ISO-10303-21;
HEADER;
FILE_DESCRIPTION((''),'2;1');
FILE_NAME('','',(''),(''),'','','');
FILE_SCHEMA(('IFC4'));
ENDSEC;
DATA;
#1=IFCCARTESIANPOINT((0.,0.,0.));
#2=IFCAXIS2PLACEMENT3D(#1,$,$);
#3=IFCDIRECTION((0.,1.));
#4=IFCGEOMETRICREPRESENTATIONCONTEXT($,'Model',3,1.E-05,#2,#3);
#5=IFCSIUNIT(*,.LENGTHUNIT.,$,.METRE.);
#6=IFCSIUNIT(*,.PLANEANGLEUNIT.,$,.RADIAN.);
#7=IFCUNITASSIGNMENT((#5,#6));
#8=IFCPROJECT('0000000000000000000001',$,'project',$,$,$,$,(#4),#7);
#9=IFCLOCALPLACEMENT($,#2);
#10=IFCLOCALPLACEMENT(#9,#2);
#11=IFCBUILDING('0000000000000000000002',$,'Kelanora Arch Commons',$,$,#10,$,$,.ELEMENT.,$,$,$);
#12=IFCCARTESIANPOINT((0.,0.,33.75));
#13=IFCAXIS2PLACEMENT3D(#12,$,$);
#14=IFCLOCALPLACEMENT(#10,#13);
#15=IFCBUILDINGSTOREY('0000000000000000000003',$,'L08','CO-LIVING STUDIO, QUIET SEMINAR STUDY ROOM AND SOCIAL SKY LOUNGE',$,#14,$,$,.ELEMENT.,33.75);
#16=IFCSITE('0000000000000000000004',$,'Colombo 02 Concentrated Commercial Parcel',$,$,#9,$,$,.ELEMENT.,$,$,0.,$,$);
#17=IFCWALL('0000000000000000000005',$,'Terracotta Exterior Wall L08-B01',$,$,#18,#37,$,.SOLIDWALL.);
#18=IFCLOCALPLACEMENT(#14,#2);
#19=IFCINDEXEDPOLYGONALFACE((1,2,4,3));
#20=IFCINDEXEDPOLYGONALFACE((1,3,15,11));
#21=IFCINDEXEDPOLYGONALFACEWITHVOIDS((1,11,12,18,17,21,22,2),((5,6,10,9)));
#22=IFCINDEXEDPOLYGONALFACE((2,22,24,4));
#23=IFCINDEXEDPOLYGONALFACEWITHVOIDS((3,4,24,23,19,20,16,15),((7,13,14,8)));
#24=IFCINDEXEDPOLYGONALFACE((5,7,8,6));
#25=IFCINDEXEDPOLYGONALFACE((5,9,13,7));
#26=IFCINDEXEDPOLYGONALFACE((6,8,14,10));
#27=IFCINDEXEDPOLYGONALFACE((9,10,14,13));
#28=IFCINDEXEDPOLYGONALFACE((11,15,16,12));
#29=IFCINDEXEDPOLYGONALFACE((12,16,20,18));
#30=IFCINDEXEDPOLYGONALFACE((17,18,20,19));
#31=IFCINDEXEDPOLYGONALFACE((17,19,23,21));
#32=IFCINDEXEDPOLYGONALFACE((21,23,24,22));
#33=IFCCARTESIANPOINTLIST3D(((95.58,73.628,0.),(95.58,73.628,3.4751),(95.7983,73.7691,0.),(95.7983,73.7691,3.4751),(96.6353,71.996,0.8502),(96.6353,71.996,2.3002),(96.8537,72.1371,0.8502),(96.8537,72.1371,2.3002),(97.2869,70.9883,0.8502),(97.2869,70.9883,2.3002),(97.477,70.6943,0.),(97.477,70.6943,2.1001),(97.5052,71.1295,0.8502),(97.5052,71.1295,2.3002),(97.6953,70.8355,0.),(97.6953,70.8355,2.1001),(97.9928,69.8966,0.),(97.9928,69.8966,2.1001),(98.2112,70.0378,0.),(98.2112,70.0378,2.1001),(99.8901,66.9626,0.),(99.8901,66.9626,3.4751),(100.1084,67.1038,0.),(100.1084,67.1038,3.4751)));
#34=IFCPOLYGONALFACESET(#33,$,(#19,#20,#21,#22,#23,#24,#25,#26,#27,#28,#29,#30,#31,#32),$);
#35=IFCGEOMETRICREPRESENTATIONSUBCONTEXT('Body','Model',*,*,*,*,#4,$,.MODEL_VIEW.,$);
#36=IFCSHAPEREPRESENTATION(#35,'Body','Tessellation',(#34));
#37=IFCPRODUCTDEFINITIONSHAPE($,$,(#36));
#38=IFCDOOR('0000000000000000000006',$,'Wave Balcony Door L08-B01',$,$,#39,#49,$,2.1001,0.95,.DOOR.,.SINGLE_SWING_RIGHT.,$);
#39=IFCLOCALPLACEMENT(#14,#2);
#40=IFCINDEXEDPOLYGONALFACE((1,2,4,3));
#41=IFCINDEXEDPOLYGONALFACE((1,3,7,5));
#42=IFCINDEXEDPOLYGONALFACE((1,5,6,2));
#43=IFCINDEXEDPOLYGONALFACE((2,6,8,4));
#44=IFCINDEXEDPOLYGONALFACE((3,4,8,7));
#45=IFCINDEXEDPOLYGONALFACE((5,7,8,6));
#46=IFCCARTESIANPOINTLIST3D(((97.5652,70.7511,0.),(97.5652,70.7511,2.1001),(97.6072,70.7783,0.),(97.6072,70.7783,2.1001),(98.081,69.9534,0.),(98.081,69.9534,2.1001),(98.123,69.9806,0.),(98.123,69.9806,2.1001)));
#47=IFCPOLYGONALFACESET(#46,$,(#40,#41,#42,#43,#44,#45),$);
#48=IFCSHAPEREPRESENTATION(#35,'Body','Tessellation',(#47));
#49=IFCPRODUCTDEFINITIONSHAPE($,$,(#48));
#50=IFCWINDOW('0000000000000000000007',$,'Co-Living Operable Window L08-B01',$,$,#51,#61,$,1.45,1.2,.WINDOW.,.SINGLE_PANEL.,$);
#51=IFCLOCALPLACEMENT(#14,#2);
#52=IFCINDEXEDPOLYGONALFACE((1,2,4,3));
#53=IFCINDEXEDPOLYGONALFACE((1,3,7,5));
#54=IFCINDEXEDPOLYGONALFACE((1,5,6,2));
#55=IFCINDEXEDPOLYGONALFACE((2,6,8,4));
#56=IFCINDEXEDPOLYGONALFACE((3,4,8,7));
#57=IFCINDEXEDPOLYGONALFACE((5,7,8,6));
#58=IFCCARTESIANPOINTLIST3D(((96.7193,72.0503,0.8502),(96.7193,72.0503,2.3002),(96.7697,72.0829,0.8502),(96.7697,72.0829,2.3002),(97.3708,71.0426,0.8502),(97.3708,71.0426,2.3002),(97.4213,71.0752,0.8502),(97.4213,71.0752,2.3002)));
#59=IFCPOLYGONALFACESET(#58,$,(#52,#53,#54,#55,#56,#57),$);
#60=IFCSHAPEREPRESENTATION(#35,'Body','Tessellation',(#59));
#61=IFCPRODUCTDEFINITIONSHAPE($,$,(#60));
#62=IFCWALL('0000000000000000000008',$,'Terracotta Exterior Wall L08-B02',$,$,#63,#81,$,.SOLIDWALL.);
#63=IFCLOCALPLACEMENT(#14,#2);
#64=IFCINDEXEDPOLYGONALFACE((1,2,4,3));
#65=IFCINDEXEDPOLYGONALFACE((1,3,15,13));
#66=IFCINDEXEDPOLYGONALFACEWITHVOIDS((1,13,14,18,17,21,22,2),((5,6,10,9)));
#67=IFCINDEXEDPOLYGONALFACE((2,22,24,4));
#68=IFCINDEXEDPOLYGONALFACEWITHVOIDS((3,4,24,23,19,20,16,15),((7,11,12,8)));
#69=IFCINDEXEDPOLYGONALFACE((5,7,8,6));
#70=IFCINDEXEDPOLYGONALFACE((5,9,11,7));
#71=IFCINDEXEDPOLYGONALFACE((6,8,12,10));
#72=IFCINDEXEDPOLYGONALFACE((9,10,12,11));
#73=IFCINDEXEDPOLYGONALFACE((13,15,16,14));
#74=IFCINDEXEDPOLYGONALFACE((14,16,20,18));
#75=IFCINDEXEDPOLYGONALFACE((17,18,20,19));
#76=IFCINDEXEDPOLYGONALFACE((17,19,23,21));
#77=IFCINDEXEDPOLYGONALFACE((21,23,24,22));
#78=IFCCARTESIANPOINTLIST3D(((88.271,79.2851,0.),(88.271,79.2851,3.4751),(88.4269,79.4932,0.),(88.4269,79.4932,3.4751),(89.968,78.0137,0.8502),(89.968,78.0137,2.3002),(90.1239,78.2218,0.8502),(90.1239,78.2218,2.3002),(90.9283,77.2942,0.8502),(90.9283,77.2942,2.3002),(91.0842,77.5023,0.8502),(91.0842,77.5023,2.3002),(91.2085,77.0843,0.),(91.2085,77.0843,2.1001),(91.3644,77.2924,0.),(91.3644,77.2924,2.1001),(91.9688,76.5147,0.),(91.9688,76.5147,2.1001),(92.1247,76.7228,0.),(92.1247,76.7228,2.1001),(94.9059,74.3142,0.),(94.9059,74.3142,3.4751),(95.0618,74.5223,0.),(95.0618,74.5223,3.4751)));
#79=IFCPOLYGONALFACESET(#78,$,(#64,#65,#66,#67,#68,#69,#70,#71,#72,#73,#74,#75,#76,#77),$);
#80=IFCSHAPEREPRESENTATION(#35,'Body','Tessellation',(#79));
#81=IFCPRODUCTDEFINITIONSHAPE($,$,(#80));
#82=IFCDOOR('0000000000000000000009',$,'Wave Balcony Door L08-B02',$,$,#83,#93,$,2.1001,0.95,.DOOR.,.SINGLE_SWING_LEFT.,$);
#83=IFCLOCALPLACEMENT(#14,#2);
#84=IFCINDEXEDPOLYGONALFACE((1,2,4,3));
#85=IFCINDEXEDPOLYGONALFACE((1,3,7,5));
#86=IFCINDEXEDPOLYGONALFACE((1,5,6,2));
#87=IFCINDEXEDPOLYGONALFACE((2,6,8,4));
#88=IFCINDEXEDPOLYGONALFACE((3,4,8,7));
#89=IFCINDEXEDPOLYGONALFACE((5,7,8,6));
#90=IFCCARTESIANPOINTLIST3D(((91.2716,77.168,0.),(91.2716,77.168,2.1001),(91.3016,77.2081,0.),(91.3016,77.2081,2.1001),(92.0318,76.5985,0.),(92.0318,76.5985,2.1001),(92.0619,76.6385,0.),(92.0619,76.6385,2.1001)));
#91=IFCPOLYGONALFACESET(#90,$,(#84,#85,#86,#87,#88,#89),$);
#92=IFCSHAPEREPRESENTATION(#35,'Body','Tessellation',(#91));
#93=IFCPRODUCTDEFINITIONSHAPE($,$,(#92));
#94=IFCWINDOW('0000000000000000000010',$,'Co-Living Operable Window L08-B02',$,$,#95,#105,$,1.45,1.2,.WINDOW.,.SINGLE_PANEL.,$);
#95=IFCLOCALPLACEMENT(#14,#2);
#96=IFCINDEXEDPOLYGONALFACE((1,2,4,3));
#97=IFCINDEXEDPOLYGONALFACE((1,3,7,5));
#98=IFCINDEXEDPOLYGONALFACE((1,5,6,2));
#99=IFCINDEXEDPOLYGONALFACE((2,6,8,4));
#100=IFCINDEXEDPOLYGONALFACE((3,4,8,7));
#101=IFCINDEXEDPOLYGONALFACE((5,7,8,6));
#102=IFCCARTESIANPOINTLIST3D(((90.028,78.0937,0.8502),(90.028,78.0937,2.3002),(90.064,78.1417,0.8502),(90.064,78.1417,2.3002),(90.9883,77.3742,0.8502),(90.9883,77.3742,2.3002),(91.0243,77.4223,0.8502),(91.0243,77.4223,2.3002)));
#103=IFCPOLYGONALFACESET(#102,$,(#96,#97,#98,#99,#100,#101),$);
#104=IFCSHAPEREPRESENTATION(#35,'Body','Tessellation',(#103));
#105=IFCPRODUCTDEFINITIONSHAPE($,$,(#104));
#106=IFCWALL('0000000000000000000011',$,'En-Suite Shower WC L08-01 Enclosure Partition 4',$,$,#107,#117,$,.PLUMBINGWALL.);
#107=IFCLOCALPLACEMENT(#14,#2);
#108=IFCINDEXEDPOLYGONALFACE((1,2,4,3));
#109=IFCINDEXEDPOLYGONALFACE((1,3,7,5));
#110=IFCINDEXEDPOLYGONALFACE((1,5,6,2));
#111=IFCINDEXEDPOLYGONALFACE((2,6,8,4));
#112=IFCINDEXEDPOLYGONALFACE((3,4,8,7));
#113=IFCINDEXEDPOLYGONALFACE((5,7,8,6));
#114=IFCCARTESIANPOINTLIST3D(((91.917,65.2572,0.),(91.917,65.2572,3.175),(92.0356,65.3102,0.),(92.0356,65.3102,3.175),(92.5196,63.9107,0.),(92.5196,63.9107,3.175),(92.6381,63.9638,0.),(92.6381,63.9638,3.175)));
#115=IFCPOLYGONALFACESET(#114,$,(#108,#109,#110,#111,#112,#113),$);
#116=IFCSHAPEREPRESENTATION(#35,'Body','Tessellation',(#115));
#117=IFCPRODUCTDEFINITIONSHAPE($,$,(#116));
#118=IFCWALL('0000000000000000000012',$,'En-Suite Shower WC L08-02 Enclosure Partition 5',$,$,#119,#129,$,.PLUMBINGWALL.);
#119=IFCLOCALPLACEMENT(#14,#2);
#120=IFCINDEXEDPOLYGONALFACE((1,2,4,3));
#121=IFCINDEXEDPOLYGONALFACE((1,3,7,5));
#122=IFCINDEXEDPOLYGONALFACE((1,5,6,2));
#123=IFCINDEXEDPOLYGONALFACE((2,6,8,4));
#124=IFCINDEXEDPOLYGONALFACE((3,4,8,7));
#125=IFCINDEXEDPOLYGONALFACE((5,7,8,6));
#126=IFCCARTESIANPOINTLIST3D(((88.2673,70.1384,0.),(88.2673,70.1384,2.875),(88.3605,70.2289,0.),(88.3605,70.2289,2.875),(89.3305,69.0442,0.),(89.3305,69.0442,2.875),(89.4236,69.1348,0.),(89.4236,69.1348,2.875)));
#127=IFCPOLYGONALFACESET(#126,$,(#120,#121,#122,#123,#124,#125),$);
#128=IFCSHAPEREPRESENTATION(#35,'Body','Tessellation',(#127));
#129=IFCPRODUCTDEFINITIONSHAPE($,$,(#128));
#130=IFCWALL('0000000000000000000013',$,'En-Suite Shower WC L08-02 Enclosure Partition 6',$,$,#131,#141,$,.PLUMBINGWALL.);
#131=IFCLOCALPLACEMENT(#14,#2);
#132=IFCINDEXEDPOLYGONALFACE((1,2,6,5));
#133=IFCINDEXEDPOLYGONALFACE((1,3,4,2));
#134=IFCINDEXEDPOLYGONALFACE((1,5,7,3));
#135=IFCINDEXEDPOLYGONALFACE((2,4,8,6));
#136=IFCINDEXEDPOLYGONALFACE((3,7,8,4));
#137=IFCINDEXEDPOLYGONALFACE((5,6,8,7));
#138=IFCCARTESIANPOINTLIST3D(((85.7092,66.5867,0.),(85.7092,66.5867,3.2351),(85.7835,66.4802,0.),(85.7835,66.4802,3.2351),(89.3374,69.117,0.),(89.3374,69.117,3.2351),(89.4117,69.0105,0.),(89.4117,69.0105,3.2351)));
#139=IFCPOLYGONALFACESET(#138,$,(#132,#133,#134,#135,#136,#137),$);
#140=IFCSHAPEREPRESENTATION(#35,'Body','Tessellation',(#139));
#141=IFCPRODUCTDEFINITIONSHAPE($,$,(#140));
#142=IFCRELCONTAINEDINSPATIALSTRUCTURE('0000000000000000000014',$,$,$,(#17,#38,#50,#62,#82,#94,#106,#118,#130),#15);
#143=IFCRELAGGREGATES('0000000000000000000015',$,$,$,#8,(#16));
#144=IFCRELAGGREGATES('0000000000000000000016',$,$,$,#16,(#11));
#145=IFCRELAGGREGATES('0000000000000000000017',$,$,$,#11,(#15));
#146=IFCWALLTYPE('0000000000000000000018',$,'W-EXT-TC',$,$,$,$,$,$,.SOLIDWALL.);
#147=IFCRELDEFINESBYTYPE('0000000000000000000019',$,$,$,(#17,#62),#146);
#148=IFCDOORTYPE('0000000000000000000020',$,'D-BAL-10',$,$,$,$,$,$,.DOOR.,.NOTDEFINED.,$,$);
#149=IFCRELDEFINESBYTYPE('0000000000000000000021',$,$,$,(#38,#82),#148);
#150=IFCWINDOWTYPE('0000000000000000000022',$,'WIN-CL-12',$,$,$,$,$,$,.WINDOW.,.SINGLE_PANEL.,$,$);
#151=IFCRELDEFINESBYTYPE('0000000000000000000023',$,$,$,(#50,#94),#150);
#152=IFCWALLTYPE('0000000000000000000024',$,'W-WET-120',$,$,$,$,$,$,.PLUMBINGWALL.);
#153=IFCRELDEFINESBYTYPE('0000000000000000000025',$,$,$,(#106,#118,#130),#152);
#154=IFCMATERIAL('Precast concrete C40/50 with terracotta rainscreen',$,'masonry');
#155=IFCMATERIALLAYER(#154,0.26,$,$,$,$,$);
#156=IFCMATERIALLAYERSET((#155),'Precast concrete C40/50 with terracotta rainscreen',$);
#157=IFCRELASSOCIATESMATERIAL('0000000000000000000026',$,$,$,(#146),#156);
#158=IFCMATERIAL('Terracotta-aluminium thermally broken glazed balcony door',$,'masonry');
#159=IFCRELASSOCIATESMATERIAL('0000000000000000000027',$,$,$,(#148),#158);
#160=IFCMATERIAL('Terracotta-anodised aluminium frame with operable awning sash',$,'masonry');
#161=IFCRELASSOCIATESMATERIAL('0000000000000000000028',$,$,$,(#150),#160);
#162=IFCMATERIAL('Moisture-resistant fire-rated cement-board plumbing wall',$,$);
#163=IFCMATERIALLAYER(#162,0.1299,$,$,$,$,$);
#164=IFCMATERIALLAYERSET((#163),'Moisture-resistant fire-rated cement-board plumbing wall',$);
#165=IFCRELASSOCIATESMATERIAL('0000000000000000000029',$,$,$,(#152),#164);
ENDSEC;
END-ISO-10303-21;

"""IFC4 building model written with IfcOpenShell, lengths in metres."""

from ifc_helpers import new_model, si_unit, direction, frame, frame_2d, origin, place, context, subcontext, project, spatial, rectangle, extrude, material, layer, layer_set, type_object, element, fill, save


model = new_model("IFC4")

# Units and contexts
model_context = context("Model", 3, precision=1e-05, world=origin(), true_north=direction((0.0, 1.0)))
body_context = subcontext(model_context, "Body", "Model", "MODEL_VIEW")
ifc_project = project(units=[si_unit("LENGTHUNIT", "METRE"), si_unit("PLANEANGLEUNIT", "RADIAN")], contexts=[model_context])

# Site, building, storey
site_placement = place(None, origin())
site = spatial("IfcSite", under=ifc_project, at=site_placement, Name="Colombo 02 Concentrated Commercial Parcel", CompositionType="ELEMENT", RefElevation=0.0)
building_placement = place(site_placement, origin())
building = spatial("IfcBuilding", under=site, at=building_placement, Name="Kelanora Arch Commons", CompositionType="ELEMENT")
storey_placement = place(building_placement, frame((0.0, 0.0, 33.75)))
storey = spatial("IfcBuildingStorey", under=building, at=storey_placement, Name="L08", Description="CO-LIVING STUDIO, QUIET SEMINAR STUDY ROOM AND SOCIAL SKY LOUNGE", CompositionType="ELEMENT", Elevation=33.75)

# Walls, openings, doors, windows
ifc_material_1 = material(Name="Precast concrete C40/50 with terracotta rainscreen", Category="masonry")
ifc_layer_1 = layer(ifc_material_1, 0.26)
ifc_layer_set_1 = layer_set([ifc_layer_1], Name="Precast concrete C40/50 with terracotta rainscreen")
wall_type_1 = type_object("IfcWallType", Name="W-EXT-TC", PredefinedType="SOLIDWALL", material=ifc_layer_set_1)
wall_1_placement = place(storey_placement, frame((99.9993, 67.0332, 0.0), z_axis=(0.0, 0.0, 1.0), x_axis=(-0.543005, 0.839729, 0.0)))
wall_1 = element("IfcWall", 1, at=wall_1_placement, inside=storey, type_object=wall_type_1, Name="Terracotta Exterior Wall L08-B01", PredefinedType="SOLIDWALL", context=body_context, shape_type="SweptSolid", body=[
    extrude(rectangle(XDim=7.9375, YDim=0.26, at=frame_2d((3.9688, 0.0))), origin(), (0.0, 0.0, 1.0), 3.4751),
])
opening_1_placement = place(wall_1_placement, frame((3.4939, 0.0, 0.0)))
opening_1 = element("IfcOpeningElement", 2, at=opening_1_placement, cuts=wall_1, PredefinedType="OPENING", context=body_context, shape_type="SweptSolid", body=[
    extrude(rectangle(XDim=0.95, YDim=2.1001, at=frame_2d((0.4751, 1.05))), frame((0.0, 0.1401, 0.0), z_axis=(0.0, -1.0, 0.0), x_axis=(1.0, 0.0, 0.0)), (0.0, 0.0, 1.0), 0.28),
])
opening_2_placement = place(wall_1_placement, frame((4.7939, 0.0, 0.8501)))
opening_2 = element("IfcOpeningElement", 3, at=opening_2_placement, cuts=wall_1, PredefinedType="OPENING", context=body_context, shape_type="SweptSolid", body=[
    extrude(rectangle(XDim=1.2, YDim=1.45, at=frame_2d((0.6001, 0.7251))), frame((0.0, 0.1401, 0.0), z_axis=(0.0, -1.0, 0.0), x_axis=(1.0, 0.0, 0.0)), (0.0, 0.0, 1.0), 0.28),
])
ifc_material_2 = material(Name="Terracotta-aluminium thermally broken glazed balcony door", Category="masonry")
door_type = type_object("IfcDoorType", Name="D-BAL-10", OperationType="NOTDEFINED", PredefinedType="DOOR", material=ifc_material_2)
door_1_placement = place(opening_1_placement, frame((0.95, 0.0, 0.0), z_axis=(0.0, 0.0, 1.0), x_axis=(-1.0, 0.0, 0.0)))
door_1 = element("IfcDoor", 4, at=door_1_placement, inside=storey, type_object=door_type, Name="Wave Balcony Door L08-B01", OperationType="SINGLE_SWING_RIGHT", OverallHeight=2.1001, OverallWidth=0.95, PredefinedType="DOOR", context=body_context, shape_type="SweptSolid", body=[
    extrude(rectangle(XDim=0.95, YDim=2.1001, at=frame_2d((0.4751, 1.05))), frame((0.0, 0.0249, 0.0), z_axis=(0.0, -1.0, 0.0), x_axis=(1.0, 0.0, 0.0)), (0.0, 0.0, 1.0), 0.05),
])
fill(opening_1, door_1)
ifc_material_3 = material(Name="Terracotta-anodised aluminium frame with operable awning sash", Category="masonry")
window_type = type_object("IfcWindowType", Name="WIN-CL-12", PartitioningType="SINGLE_PANEL", PredefinedType="WINDOW", material=ifc_material_3)
window_1_placement = place(opening_2_placement, origin())
window_1 = element("IfcWindow", 5, at=window_1_placement, inside=storey, type_object=window_type, Name="Co-Living Operable Window L08-B01", OverallHeight=1.45, OverallWidth=1.2, PartitioningType="SINGLE_PANEL", PredefinedType="WINDOW", context=body_context, shape_type="SweptSolid", body=[
    extrude(rectangle(XDim=1.2, YDim=1.45, at=frame_2d((0.6001, 0.7251))), frame((0.0, 0.03, 0.0), z_axis=(0.0, -1.0, 0.0), x_axis=(1.0, 0.0, 0.0)), (0.0, 0.0, 1.0), 0.0601),
])
fill(opening_2, window_1)
wall_2_placement = place(storey_placement, frame((94.9839, 74.4182, 0.0), z_axis=(0.0, 0.0, 1.0), x_axis=(-0.800307, 0.59959, 0.0)))
wall_2 = element("IfcWall", 6, at=wall_2_placement, inside=storey, type_object=wall_type_1, Name="Terracotta Exterior Wall L08-B02", PredefinedType="SOLIDWALL", context=body_context, shape_type="SweptSolid", body=[
    extrude(rectangle(XDim=8.2905, YDim=0.26, at=frame_2d((4.1453, 0.0))), origin(), (0.0, 0.0, 1.0), 3.4751),
])
opening_3_placement = place(wall_2_placement, frame((3.6699, 0.0, 0.0)))
opening_3 = element("IfcOpeningElement", 7, at=opening_3_placement, cuts=wall_2, PredefinedType="OPENING", context=body_context, shape_type="SweptSolid", body=[
    extrude(rectangle(XDim=0.95, YDim=2.1001, at=frame_2d((0.4751, 1.05))), frame((0.0, 0.1401, 0.0), z_axis=(0.0, -1.0, 0.0), x_axis=(1.0, 0.0, 0.0)), (0.0, 0.0, 1.0), 0.28),
])
opening_4_placement = place(wall_2_placement, frame((4.97, 0.0, 0.8501)))
opening_4 = element("IfcOpeningElement", 8, at=opening_4_placement, cuts=wall_2, PredefinedType="OPENING", context=body_context, shape_type="SweptSolid", body=[
    extrude(rectangle(XDim=1.2, YDim=1.45, at=frame_2d((0.6001, 0.7251))), frame((0.0, 0.1401, 0.0), z_axis=(0.0, -1.0, 0.0), x_axis=(1.0, 0.0, 0.0)), (0.0, 0.0, 1.0), 0.28),
])
door_2_placement = place(opening_3_placement, frame((0.95, 0.0, 0.0), z_axis=(0.0, 0.0, 1.0), x_axis=(-1.0, 0.0, 0.0)))
door_2 = element("IfcDoor", 9, at=door_2_placement, inside=storey, type_object=door_type, Name="Wave Balcony Door L08-B02", OperationType="SINGLE_SWING_LEFT", OverallHeight=2.1001, OverallWidth=0.95, PredefinedType="DOOR", context=body_context, shape_type="SweptSolid", body=[
    extrude(rectangle(XDim=0.95, YDim=2.1001, at=frame_2d((0.4751, 1.05))), frame((0.0, 0.0249, 0.0), z_axis=(0.0, -1.0, 0.0), x_axis=(1.0, 0.0, 0.0)), (0.0, 0.0, 1.0), 0.05),
])
fill(opening_3, door_2)
window_2_placement = place(opening_4_placement, origin())
window_2 = element("IfcWindow", 10, at=window_2_placement, inside=storey, type_object=window_type, Name="Co-Living Operable Window L08-B02", OverallHeight=1.45, OverallWidth=1.2, PartitioningType="SINGLE_PANEL", PredefinedType="WINDOW", context=body_context, shape_type="SweptSolid", body=[
    extrude(rectangle(XDim=1.2, YDim=1.45, at=frame_2d((0.6001, 0.7251))), frame((0.0, 0.03, 0.0), z_axis=(0.0, -1.0, 0.0), x_axis=(1.0, 0.0, 0.0)), (0.0, 0.0, 1.0), 0.0601),
])
fill(opening_4, window_2)

# Walls
ifc_material_4 = material(Name="Moisture-resistant fire-rated cement-board plumbing wall")
ifc_layer_2 = layer(ifc_material_4, 0.1299)
ifc_layer_set_2 = layer_set([ifc_layer_2], Name="Moisture-resistant fire-rated cement-board plumbing wall")
wall_type_2 = type_object("IfcWallType", Name="W-WET-120", PredefinedType="PLUMBINGWALL", material=ifc_layer_set_2)
wall_3_placement = place(storey_placement, frame((91.9763, 65.2837, 0.0), z_axis=(0.0, 0.0, 1.0), x_axis=(0.408471, -0.912771, 0.0)))
element("IfcWall", 11, at=wall_3_placement, inside=storey, type_object=wall_type_2, Name="En-Suite Shower WC L08-01 Enclosure Partition 4", PredefinedType="PLUMBINGWALL", context=body_context, shape_type="SweptSolid", body=[
    extrude(rectangle(XDim=1.4751, YDim=0.1299, at=frame_2d((0.7375, 0.0))), origin(), (0.0, 0.0, 1.0), 3.175),
])
wall_4_placement = place(storey_placement, frame((88.314, 70.1836, 0.0), z_axis=(0.0, 0.0, 1.0), x_axis=(0.696873, -0.717195, 0.0)))
element("IfcWall", 12, at=wall_4_placement, inside=storey, type_object=wall_type_2, Name="En-Suite Shower WC L08-02 Enclosure Partition 5", PredefinedType="PLUMBINGWALL", context=body_context, shape_type="SweptSolid", body=[
    extrude(rectangle(XDim=1.5256, YDim=0.1299, at=frame_2d((0.7627, 0.0))), origin(), (0.0, 0.0, 1.0), 2.875),
])
wall_5_placement = place(storey_placement, frame((89.3745, 69.0637, 0.0), z_axis=(0.0, 0.0, 1.0), x_axis=(-0.820234, -0.572028, 0.0)))
element("IfcWall", 13, at=wall_5_placement, inside=storey, type_object=wall_type_2, Name="En-Suite Shower WC L08-02 Enclosure Partition 6", PredefinedType="PLUMBINGWALL", context=body_context, shape_type="SweptSolid", body=[
    extrude(rectangle(XDim=4.4233, YDim=0.1299, at=frame_2d((2.2117, 0.0))), origin(), (0.0, 0.0, 1.0), 3.2351),
])

save(model, "model.ifc")
